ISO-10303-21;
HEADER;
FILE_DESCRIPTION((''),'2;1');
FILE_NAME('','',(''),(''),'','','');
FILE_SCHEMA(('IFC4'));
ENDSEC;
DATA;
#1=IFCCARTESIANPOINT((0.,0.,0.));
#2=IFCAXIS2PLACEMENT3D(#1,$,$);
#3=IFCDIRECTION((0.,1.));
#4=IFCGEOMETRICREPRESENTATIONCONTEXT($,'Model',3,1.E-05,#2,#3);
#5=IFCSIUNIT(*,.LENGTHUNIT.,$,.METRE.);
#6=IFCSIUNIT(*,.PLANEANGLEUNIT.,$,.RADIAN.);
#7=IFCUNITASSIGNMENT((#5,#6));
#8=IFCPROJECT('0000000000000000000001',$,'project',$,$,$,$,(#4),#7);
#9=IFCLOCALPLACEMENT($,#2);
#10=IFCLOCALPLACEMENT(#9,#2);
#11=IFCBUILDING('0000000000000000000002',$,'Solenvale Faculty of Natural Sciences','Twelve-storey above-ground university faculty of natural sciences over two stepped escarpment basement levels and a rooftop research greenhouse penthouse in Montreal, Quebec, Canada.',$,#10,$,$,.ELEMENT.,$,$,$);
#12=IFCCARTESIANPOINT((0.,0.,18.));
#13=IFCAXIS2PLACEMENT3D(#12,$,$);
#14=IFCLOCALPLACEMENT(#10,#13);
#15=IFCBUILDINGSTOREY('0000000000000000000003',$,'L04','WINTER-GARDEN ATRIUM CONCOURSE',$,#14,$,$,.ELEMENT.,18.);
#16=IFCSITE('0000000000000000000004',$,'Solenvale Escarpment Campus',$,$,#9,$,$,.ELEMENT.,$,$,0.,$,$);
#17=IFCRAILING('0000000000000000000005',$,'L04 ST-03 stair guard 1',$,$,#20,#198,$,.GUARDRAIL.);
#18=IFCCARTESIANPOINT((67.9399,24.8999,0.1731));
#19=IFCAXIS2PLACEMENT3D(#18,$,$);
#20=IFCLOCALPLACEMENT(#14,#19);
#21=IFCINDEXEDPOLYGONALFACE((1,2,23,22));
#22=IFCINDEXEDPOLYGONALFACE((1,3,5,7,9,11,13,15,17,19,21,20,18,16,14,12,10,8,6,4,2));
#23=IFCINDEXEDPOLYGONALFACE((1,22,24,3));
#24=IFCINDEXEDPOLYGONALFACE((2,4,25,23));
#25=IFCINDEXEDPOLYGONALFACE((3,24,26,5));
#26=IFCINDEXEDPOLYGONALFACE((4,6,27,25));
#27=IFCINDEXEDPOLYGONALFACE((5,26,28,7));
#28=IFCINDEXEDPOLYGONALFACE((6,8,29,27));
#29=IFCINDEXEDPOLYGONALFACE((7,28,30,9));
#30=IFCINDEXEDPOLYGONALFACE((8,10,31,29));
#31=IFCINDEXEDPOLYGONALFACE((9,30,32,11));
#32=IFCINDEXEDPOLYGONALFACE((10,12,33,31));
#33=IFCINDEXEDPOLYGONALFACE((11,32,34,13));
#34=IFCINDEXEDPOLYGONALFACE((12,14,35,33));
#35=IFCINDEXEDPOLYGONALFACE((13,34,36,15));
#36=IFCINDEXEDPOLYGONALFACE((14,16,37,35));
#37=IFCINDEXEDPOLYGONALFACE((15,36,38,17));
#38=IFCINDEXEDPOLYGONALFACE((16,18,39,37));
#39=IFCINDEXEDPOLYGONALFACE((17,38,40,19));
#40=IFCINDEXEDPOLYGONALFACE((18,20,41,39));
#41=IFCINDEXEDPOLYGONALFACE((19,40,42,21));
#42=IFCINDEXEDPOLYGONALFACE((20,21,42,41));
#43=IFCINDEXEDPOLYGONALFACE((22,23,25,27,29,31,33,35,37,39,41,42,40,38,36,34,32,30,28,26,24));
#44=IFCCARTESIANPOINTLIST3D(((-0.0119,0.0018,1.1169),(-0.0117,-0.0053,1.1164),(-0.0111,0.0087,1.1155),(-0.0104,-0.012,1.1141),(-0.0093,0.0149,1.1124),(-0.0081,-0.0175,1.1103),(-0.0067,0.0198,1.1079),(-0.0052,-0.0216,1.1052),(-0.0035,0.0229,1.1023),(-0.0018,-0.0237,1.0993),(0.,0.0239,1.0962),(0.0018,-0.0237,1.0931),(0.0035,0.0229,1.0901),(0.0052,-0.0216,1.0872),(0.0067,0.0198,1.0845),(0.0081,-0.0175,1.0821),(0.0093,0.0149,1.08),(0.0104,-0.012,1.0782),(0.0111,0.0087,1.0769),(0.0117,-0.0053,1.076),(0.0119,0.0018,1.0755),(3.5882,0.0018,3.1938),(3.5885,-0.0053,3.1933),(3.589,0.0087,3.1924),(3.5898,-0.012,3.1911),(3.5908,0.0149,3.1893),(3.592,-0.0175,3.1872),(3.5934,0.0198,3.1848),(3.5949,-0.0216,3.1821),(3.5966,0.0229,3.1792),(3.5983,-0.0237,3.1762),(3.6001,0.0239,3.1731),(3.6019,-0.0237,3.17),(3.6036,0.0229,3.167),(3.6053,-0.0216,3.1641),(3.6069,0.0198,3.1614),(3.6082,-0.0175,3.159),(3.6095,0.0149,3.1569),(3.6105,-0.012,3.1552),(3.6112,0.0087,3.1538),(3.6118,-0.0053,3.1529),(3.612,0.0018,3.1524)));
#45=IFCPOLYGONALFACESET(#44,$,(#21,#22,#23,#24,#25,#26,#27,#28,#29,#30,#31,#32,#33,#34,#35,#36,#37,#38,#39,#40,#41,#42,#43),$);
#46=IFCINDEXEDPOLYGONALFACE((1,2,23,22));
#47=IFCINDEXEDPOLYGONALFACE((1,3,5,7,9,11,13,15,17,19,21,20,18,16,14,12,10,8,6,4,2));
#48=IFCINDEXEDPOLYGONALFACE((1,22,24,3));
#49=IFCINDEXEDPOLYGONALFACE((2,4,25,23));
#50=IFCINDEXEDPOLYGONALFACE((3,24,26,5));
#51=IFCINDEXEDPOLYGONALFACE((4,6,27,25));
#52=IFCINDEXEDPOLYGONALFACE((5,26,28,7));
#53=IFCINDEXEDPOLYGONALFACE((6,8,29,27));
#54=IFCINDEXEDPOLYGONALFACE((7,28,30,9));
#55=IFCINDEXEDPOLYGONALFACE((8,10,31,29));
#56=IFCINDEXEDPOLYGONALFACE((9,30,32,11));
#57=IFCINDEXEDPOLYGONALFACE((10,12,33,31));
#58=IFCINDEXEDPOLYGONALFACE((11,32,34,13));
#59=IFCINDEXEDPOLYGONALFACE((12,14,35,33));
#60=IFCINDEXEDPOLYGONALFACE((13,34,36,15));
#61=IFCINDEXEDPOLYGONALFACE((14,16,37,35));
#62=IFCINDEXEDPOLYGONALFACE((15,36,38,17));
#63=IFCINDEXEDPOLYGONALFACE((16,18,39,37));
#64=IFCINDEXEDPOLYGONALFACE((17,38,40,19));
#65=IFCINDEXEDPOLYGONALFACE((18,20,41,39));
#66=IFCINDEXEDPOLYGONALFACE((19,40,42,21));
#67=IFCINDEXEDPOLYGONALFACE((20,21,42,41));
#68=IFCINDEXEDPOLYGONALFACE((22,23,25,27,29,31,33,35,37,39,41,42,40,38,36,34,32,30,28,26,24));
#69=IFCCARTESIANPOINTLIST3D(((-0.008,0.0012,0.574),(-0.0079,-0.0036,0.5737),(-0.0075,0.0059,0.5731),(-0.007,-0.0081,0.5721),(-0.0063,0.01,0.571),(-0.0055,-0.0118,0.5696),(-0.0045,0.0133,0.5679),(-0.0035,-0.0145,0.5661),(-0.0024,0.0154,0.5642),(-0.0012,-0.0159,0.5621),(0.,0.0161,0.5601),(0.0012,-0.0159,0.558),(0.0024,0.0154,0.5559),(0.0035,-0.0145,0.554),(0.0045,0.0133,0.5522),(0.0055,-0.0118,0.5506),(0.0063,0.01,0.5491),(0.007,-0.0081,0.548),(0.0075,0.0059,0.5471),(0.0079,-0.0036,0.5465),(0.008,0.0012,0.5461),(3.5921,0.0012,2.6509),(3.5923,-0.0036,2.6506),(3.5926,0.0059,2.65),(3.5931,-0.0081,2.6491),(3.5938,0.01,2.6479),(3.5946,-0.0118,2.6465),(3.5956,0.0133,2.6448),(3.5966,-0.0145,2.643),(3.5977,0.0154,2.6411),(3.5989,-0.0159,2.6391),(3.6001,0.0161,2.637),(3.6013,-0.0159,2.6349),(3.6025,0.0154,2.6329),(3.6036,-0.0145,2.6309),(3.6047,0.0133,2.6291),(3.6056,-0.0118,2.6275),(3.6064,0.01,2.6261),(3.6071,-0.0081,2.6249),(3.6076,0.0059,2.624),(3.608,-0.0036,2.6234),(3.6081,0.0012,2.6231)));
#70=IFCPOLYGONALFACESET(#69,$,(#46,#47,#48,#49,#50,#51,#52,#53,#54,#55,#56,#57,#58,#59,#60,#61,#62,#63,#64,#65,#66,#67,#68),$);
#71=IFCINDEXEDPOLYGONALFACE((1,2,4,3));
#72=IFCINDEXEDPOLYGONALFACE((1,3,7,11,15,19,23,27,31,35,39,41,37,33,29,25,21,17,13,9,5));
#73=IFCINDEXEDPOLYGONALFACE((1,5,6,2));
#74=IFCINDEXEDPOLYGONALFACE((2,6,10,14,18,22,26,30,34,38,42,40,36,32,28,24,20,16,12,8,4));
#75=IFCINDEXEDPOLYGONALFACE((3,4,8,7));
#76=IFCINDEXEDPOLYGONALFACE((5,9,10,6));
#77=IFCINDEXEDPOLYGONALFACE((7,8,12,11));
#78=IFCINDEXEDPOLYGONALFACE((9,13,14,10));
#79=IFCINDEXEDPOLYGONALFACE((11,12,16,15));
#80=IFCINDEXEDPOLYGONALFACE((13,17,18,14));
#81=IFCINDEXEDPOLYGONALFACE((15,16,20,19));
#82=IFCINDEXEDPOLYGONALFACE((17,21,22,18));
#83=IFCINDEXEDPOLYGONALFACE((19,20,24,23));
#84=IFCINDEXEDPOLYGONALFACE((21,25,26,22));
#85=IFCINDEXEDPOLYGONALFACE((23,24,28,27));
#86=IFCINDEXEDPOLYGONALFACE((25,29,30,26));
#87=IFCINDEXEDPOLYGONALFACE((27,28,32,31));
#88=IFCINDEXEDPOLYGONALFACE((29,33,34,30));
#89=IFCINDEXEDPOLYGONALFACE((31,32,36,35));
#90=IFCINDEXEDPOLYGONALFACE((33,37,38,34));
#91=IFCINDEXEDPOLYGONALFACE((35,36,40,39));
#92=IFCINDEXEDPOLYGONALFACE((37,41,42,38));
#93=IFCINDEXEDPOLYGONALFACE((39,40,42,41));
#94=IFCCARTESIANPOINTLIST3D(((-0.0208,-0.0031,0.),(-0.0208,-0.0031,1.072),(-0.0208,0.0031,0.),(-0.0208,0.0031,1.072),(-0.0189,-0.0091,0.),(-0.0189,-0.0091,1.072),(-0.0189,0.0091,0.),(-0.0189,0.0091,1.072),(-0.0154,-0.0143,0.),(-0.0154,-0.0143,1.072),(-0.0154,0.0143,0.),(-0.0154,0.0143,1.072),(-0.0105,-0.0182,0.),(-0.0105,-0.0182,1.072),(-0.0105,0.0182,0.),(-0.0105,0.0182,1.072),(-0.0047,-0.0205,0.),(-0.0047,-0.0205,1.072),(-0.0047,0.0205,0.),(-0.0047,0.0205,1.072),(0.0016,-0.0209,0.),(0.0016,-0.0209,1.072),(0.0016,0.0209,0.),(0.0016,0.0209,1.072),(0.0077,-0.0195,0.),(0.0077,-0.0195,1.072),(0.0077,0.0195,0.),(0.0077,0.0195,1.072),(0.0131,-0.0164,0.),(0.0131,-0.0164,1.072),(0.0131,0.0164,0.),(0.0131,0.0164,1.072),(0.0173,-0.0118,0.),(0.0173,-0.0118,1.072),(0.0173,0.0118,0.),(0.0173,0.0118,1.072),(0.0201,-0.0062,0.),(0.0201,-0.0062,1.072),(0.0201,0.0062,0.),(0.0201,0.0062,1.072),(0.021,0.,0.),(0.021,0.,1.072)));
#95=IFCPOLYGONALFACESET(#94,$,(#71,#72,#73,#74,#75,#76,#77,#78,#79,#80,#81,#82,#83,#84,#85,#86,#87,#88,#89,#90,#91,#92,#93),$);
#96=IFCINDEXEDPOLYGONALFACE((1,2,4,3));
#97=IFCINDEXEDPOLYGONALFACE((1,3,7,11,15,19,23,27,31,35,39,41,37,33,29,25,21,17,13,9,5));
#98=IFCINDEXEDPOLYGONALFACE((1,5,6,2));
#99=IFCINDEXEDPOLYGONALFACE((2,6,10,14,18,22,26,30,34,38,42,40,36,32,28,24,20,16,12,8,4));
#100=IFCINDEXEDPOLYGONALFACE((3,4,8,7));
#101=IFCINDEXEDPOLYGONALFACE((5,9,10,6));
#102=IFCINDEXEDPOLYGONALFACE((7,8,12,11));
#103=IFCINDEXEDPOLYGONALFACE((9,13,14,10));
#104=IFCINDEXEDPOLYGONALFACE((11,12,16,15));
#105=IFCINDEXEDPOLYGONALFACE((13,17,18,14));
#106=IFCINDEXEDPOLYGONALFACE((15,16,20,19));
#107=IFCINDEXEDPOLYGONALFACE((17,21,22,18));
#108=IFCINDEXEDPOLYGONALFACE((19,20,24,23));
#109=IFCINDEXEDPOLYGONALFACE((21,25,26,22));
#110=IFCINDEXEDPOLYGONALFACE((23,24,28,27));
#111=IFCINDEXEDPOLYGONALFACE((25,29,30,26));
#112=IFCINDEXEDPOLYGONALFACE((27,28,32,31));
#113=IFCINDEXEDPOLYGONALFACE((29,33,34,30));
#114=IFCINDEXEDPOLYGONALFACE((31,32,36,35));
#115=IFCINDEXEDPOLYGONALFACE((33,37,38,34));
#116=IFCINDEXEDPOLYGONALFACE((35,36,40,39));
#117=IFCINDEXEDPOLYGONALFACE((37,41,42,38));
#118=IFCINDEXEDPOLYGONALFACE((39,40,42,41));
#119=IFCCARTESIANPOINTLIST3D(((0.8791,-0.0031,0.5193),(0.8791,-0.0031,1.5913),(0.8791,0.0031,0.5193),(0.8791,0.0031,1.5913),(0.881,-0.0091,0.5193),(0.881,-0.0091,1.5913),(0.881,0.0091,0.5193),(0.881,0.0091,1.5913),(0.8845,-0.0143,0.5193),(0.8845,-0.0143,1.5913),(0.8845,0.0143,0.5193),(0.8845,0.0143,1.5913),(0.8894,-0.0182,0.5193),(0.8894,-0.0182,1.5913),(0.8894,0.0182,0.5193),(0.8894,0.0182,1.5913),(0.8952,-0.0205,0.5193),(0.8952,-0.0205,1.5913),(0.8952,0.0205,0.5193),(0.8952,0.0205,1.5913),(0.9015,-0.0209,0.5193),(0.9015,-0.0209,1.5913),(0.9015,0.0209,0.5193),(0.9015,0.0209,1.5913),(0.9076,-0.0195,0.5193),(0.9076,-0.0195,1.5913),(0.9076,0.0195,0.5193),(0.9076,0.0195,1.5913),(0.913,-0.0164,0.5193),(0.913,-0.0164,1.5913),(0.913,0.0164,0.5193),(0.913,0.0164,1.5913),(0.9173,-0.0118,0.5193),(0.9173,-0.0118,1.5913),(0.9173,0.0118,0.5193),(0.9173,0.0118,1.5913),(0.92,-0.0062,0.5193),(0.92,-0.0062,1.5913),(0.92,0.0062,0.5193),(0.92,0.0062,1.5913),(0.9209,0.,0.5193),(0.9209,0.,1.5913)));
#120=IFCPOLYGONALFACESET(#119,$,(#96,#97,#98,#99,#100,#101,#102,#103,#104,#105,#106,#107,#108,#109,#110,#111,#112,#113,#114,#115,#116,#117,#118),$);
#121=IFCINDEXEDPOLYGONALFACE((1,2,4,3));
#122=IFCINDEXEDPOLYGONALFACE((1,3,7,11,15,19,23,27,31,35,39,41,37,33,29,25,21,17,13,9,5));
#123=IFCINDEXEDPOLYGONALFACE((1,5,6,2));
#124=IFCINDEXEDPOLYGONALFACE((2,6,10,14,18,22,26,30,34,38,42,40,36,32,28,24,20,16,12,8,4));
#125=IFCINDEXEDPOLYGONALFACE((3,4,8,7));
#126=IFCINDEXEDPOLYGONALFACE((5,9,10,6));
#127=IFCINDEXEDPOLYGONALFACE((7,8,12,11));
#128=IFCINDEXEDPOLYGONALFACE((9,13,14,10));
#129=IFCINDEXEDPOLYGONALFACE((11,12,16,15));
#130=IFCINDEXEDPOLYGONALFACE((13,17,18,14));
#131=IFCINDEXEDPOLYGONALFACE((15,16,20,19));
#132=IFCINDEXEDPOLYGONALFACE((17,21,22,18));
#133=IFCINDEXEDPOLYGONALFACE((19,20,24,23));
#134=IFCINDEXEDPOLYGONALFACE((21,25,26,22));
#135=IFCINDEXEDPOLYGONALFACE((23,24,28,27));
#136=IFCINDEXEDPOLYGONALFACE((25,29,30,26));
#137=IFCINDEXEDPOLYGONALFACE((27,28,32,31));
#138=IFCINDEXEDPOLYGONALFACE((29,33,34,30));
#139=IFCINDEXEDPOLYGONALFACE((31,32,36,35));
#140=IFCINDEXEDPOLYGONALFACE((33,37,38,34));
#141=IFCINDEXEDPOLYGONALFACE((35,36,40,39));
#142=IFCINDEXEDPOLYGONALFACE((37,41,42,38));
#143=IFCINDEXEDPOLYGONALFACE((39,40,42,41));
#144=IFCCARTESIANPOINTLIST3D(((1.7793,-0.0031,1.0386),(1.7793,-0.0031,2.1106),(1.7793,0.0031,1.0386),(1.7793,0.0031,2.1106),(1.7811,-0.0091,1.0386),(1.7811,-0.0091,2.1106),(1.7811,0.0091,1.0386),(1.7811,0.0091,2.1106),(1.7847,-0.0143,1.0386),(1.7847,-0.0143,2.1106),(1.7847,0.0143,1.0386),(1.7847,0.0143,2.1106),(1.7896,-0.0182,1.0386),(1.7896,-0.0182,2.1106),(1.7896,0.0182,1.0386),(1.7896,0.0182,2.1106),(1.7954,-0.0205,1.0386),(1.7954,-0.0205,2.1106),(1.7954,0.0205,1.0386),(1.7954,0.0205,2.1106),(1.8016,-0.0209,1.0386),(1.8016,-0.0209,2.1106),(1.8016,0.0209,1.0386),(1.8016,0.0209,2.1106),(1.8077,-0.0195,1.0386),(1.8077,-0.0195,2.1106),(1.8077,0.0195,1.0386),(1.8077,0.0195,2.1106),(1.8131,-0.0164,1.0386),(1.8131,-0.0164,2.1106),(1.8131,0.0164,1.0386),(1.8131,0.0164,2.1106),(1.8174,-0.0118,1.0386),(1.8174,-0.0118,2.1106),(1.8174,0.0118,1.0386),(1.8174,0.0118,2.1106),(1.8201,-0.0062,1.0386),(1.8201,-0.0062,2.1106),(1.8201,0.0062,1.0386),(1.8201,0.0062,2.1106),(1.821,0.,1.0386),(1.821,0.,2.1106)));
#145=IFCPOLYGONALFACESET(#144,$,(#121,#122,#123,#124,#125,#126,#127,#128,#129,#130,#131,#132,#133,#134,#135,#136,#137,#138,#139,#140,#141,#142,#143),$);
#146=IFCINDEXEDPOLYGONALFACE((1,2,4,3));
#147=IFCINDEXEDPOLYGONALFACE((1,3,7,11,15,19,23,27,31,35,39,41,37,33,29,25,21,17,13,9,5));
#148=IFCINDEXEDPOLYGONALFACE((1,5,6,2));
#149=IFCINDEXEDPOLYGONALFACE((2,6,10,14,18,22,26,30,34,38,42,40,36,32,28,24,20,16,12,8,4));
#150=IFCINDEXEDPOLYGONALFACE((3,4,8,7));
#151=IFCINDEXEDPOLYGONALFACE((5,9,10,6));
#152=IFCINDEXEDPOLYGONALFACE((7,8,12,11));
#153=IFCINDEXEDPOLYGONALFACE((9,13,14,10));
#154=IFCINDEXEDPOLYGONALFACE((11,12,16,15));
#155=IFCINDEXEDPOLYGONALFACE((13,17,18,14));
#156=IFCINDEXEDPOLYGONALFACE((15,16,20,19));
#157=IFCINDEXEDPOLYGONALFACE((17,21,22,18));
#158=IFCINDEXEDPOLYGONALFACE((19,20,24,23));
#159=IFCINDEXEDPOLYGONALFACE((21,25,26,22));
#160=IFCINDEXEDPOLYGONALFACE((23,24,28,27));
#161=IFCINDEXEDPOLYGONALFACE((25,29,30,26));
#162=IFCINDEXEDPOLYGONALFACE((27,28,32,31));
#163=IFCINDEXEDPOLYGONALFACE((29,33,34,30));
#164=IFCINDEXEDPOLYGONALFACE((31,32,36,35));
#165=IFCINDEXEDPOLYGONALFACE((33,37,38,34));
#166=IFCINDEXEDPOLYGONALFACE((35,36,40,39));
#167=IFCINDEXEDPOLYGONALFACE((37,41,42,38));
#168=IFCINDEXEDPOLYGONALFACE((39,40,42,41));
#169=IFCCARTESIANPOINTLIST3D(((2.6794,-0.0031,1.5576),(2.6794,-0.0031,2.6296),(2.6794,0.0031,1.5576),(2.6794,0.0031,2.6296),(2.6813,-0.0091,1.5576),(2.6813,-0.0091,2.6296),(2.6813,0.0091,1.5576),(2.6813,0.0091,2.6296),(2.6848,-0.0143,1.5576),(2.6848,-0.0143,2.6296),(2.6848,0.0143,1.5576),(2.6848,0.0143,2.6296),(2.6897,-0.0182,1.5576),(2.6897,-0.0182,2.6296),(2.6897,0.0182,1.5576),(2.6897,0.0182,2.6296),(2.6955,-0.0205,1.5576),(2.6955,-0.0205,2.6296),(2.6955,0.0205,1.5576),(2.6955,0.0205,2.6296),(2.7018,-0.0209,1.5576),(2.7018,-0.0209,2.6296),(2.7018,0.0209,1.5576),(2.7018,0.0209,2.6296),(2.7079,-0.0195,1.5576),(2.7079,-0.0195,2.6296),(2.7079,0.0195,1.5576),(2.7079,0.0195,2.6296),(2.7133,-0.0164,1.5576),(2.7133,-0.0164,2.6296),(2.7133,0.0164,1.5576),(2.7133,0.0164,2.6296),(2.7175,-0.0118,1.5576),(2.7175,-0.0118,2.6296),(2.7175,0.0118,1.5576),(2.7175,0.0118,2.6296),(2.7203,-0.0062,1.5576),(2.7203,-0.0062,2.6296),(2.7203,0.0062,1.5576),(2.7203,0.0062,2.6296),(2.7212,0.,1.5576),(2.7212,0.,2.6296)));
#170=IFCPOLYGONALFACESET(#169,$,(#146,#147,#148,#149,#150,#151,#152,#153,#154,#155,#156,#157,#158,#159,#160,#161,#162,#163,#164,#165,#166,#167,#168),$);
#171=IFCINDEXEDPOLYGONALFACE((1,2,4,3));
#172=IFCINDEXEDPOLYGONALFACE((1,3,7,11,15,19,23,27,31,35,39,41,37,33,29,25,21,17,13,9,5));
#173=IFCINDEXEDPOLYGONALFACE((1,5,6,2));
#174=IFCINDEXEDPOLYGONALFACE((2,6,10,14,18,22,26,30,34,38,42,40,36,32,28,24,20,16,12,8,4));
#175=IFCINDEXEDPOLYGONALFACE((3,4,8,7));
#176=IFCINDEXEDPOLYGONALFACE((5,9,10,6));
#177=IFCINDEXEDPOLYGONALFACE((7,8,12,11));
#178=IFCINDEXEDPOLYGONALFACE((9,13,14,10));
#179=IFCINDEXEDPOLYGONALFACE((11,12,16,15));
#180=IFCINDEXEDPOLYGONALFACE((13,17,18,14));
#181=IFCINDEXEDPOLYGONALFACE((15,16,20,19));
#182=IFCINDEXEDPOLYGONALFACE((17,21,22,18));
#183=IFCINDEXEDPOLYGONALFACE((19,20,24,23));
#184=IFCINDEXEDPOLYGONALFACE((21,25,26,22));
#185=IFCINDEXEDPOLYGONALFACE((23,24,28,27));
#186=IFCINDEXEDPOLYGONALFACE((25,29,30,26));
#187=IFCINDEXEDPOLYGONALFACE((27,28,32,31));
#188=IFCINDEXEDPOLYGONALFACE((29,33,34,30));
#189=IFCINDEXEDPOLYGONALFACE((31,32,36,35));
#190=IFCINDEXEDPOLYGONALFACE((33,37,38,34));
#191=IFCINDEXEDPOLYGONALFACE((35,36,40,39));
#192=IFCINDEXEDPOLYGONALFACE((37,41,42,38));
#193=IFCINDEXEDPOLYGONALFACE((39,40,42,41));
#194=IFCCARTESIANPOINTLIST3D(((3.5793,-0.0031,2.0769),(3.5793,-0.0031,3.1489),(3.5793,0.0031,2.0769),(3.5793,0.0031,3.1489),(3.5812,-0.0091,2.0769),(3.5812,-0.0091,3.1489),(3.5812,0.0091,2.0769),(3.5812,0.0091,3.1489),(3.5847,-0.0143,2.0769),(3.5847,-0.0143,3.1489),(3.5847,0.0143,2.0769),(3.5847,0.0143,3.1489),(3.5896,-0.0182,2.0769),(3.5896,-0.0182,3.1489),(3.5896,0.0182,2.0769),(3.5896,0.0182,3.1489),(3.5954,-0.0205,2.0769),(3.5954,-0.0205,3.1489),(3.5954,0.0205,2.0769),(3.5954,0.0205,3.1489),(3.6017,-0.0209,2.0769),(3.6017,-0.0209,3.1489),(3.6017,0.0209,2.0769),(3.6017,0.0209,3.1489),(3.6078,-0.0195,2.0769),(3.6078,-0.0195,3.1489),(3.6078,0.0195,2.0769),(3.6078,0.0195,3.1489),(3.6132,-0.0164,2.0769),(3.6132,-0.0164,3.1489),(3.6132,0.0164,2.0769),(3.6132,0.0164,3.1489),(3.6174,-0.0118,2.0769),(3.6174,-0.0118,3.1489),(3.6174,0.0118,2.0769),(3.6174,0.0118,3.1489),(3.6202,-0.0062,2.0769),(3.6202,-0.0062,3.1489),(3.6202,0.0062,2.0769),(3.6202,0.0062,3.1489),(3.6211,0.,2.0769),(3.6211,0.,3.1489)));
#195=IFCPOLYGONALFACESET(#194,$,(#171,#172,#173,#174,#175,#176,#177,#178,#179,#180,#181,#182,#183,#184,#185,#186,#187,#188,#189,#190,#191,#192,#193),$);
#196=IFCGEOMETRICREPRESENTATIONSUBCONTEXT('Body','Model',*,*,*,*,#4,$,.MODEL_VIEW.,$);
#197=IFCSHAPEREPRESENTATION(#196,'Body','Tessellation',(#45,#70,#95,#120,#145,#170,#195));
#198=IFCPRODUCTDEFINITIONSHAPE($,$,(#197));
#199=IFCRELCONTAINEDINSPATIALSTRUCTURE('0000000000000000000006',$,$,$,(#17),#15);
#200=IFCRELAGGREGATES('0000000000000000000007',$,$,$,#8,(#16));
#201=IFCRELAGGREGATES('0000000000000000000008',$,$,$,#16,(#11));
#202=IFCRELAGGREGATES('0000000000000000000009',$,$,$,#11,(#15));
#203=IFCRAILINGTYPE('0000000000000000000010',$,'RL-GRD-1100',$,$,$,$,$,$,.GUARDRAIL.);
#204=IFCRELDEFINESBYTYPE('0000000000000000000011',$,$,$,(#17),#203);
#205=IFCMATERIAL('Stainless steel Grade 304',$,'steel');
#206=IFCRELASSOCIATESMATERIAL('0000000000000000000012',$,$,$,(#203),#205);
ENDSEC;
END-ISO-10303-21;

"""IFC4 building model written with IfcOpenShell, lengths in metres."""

from ifc_helpers import new_model, si_unit, direction, frame, origin, origin_2d, place, context, subcontext, project, spatial, circle, extrude, material, type_object, element, save


model = new_model("IFC4")

# Units and contexts
model_context = context("Model", 3, precision=1e-05, world=origin(), true_north=direction((0.0, 1.0)))
body_context = subcontext(model_context, "Body", "Model", "MODEL_VIEW")
ifc_project = project(units=[si_unit("LENGTHUNIT", "METRE"), si_unit("PLANEANGLEUNIT", "RADIAN")], contexts=[model_context])

# Site, building, storey
site_placement = place(None, origin())
site = spatial("IfcSite", under=ifc_project, at=site_placement, Name="Solenvale Escarpment Campus", CompositionType="ELEMENT", RefElevation=0.0)
building_placement = place(site_placement, origin())
building = spatial("IfcBuilding", under=site, at=building_placement, Name="Solenvale Faculty of Natural Sciences", Description="Twelve-storey above-ground university faculty of natural sciences over two stepped escarpment basement levels and a rooftop research greenhouse penthouse in Montreal, Quebec, Canada.", CompositionType="ELEMENT")
storey_placement = place(building_placement, frame((0.0, 0.0, 18.0)))
storey = spatial("IfcBuildingStorey", under=building, at=storey_placement, Name="L04", Description="WINTER-GARDEN ATRIUM CONCOURSE", CompositionType="ELEMENT", Elevation=18.0)

# Railing
ifc_material_1 = material(Name="Stainless steel Grade 304", Category="steel")
railing_type_1 = type_object("IfcRailingType", Name="RL-GRD-1100", PredefinedType="GUARDRAIL", material=ifc_material_1)
railing_1_placement = place(storey_placement, frame((67.9399, 24.8999, 0.1731)))
element("IfcRailing", 1, at=railing_1_placement, inside=storey, type_object=railing_type_1, Name="L04 ST-03 stair guard 1", PredefinedType="GUARDRAIL", context=body_context, shape_type="SweptSolid", body=[
    extrude(circle(Radius=0.0239, at=origin_2d()), frame((0.0, 0.0, 1.0962), z_axis=(0.866193, 0.0, 0.499709), x_axis=(0.0, 1.0, 0.0)), (0.0, 0.0, 1.0), 4.1562),
    extrude(circle(Radius=0.0161, at=origin_2d()), frame((0.0, 0.0, 0.5601), z_axis=(0.866193, 0.0, 0.499709), x_axis=(0.0, 1.0, 0.0)), (0.0, 0.0, 1.0), 4.1562),
    extrude(circle(Radius=0.021, at=origin_2d()), origin(), (0.0, 0.0, 1.0), 1.072),
    extrude(circle(Radius=0.021, at=origin_2d()), frame((0.8999, 0.0, 0.5193)), (0.0, 0.0, 1.0), 1.072),
    extrude(circle(Radius=0.021, at=origin_2d()), frame((1.8, 0.0, 1.0386)), (0.0, 0.0, 1.0), 1.072),
    extrude(circle(Radius=0.021, at=origin_2d()), frame((2.7002, 0.0, 1.5576)), (0.0, 0.0, 1.0), 1.072),
    extrude(circle(Radius=0.021, at=origin_2d()), frame((3.6001, 0.0, 2.0769)), (0.0, 0.0, 1.0), 1.072),
])

save(model, "model.ifc")
